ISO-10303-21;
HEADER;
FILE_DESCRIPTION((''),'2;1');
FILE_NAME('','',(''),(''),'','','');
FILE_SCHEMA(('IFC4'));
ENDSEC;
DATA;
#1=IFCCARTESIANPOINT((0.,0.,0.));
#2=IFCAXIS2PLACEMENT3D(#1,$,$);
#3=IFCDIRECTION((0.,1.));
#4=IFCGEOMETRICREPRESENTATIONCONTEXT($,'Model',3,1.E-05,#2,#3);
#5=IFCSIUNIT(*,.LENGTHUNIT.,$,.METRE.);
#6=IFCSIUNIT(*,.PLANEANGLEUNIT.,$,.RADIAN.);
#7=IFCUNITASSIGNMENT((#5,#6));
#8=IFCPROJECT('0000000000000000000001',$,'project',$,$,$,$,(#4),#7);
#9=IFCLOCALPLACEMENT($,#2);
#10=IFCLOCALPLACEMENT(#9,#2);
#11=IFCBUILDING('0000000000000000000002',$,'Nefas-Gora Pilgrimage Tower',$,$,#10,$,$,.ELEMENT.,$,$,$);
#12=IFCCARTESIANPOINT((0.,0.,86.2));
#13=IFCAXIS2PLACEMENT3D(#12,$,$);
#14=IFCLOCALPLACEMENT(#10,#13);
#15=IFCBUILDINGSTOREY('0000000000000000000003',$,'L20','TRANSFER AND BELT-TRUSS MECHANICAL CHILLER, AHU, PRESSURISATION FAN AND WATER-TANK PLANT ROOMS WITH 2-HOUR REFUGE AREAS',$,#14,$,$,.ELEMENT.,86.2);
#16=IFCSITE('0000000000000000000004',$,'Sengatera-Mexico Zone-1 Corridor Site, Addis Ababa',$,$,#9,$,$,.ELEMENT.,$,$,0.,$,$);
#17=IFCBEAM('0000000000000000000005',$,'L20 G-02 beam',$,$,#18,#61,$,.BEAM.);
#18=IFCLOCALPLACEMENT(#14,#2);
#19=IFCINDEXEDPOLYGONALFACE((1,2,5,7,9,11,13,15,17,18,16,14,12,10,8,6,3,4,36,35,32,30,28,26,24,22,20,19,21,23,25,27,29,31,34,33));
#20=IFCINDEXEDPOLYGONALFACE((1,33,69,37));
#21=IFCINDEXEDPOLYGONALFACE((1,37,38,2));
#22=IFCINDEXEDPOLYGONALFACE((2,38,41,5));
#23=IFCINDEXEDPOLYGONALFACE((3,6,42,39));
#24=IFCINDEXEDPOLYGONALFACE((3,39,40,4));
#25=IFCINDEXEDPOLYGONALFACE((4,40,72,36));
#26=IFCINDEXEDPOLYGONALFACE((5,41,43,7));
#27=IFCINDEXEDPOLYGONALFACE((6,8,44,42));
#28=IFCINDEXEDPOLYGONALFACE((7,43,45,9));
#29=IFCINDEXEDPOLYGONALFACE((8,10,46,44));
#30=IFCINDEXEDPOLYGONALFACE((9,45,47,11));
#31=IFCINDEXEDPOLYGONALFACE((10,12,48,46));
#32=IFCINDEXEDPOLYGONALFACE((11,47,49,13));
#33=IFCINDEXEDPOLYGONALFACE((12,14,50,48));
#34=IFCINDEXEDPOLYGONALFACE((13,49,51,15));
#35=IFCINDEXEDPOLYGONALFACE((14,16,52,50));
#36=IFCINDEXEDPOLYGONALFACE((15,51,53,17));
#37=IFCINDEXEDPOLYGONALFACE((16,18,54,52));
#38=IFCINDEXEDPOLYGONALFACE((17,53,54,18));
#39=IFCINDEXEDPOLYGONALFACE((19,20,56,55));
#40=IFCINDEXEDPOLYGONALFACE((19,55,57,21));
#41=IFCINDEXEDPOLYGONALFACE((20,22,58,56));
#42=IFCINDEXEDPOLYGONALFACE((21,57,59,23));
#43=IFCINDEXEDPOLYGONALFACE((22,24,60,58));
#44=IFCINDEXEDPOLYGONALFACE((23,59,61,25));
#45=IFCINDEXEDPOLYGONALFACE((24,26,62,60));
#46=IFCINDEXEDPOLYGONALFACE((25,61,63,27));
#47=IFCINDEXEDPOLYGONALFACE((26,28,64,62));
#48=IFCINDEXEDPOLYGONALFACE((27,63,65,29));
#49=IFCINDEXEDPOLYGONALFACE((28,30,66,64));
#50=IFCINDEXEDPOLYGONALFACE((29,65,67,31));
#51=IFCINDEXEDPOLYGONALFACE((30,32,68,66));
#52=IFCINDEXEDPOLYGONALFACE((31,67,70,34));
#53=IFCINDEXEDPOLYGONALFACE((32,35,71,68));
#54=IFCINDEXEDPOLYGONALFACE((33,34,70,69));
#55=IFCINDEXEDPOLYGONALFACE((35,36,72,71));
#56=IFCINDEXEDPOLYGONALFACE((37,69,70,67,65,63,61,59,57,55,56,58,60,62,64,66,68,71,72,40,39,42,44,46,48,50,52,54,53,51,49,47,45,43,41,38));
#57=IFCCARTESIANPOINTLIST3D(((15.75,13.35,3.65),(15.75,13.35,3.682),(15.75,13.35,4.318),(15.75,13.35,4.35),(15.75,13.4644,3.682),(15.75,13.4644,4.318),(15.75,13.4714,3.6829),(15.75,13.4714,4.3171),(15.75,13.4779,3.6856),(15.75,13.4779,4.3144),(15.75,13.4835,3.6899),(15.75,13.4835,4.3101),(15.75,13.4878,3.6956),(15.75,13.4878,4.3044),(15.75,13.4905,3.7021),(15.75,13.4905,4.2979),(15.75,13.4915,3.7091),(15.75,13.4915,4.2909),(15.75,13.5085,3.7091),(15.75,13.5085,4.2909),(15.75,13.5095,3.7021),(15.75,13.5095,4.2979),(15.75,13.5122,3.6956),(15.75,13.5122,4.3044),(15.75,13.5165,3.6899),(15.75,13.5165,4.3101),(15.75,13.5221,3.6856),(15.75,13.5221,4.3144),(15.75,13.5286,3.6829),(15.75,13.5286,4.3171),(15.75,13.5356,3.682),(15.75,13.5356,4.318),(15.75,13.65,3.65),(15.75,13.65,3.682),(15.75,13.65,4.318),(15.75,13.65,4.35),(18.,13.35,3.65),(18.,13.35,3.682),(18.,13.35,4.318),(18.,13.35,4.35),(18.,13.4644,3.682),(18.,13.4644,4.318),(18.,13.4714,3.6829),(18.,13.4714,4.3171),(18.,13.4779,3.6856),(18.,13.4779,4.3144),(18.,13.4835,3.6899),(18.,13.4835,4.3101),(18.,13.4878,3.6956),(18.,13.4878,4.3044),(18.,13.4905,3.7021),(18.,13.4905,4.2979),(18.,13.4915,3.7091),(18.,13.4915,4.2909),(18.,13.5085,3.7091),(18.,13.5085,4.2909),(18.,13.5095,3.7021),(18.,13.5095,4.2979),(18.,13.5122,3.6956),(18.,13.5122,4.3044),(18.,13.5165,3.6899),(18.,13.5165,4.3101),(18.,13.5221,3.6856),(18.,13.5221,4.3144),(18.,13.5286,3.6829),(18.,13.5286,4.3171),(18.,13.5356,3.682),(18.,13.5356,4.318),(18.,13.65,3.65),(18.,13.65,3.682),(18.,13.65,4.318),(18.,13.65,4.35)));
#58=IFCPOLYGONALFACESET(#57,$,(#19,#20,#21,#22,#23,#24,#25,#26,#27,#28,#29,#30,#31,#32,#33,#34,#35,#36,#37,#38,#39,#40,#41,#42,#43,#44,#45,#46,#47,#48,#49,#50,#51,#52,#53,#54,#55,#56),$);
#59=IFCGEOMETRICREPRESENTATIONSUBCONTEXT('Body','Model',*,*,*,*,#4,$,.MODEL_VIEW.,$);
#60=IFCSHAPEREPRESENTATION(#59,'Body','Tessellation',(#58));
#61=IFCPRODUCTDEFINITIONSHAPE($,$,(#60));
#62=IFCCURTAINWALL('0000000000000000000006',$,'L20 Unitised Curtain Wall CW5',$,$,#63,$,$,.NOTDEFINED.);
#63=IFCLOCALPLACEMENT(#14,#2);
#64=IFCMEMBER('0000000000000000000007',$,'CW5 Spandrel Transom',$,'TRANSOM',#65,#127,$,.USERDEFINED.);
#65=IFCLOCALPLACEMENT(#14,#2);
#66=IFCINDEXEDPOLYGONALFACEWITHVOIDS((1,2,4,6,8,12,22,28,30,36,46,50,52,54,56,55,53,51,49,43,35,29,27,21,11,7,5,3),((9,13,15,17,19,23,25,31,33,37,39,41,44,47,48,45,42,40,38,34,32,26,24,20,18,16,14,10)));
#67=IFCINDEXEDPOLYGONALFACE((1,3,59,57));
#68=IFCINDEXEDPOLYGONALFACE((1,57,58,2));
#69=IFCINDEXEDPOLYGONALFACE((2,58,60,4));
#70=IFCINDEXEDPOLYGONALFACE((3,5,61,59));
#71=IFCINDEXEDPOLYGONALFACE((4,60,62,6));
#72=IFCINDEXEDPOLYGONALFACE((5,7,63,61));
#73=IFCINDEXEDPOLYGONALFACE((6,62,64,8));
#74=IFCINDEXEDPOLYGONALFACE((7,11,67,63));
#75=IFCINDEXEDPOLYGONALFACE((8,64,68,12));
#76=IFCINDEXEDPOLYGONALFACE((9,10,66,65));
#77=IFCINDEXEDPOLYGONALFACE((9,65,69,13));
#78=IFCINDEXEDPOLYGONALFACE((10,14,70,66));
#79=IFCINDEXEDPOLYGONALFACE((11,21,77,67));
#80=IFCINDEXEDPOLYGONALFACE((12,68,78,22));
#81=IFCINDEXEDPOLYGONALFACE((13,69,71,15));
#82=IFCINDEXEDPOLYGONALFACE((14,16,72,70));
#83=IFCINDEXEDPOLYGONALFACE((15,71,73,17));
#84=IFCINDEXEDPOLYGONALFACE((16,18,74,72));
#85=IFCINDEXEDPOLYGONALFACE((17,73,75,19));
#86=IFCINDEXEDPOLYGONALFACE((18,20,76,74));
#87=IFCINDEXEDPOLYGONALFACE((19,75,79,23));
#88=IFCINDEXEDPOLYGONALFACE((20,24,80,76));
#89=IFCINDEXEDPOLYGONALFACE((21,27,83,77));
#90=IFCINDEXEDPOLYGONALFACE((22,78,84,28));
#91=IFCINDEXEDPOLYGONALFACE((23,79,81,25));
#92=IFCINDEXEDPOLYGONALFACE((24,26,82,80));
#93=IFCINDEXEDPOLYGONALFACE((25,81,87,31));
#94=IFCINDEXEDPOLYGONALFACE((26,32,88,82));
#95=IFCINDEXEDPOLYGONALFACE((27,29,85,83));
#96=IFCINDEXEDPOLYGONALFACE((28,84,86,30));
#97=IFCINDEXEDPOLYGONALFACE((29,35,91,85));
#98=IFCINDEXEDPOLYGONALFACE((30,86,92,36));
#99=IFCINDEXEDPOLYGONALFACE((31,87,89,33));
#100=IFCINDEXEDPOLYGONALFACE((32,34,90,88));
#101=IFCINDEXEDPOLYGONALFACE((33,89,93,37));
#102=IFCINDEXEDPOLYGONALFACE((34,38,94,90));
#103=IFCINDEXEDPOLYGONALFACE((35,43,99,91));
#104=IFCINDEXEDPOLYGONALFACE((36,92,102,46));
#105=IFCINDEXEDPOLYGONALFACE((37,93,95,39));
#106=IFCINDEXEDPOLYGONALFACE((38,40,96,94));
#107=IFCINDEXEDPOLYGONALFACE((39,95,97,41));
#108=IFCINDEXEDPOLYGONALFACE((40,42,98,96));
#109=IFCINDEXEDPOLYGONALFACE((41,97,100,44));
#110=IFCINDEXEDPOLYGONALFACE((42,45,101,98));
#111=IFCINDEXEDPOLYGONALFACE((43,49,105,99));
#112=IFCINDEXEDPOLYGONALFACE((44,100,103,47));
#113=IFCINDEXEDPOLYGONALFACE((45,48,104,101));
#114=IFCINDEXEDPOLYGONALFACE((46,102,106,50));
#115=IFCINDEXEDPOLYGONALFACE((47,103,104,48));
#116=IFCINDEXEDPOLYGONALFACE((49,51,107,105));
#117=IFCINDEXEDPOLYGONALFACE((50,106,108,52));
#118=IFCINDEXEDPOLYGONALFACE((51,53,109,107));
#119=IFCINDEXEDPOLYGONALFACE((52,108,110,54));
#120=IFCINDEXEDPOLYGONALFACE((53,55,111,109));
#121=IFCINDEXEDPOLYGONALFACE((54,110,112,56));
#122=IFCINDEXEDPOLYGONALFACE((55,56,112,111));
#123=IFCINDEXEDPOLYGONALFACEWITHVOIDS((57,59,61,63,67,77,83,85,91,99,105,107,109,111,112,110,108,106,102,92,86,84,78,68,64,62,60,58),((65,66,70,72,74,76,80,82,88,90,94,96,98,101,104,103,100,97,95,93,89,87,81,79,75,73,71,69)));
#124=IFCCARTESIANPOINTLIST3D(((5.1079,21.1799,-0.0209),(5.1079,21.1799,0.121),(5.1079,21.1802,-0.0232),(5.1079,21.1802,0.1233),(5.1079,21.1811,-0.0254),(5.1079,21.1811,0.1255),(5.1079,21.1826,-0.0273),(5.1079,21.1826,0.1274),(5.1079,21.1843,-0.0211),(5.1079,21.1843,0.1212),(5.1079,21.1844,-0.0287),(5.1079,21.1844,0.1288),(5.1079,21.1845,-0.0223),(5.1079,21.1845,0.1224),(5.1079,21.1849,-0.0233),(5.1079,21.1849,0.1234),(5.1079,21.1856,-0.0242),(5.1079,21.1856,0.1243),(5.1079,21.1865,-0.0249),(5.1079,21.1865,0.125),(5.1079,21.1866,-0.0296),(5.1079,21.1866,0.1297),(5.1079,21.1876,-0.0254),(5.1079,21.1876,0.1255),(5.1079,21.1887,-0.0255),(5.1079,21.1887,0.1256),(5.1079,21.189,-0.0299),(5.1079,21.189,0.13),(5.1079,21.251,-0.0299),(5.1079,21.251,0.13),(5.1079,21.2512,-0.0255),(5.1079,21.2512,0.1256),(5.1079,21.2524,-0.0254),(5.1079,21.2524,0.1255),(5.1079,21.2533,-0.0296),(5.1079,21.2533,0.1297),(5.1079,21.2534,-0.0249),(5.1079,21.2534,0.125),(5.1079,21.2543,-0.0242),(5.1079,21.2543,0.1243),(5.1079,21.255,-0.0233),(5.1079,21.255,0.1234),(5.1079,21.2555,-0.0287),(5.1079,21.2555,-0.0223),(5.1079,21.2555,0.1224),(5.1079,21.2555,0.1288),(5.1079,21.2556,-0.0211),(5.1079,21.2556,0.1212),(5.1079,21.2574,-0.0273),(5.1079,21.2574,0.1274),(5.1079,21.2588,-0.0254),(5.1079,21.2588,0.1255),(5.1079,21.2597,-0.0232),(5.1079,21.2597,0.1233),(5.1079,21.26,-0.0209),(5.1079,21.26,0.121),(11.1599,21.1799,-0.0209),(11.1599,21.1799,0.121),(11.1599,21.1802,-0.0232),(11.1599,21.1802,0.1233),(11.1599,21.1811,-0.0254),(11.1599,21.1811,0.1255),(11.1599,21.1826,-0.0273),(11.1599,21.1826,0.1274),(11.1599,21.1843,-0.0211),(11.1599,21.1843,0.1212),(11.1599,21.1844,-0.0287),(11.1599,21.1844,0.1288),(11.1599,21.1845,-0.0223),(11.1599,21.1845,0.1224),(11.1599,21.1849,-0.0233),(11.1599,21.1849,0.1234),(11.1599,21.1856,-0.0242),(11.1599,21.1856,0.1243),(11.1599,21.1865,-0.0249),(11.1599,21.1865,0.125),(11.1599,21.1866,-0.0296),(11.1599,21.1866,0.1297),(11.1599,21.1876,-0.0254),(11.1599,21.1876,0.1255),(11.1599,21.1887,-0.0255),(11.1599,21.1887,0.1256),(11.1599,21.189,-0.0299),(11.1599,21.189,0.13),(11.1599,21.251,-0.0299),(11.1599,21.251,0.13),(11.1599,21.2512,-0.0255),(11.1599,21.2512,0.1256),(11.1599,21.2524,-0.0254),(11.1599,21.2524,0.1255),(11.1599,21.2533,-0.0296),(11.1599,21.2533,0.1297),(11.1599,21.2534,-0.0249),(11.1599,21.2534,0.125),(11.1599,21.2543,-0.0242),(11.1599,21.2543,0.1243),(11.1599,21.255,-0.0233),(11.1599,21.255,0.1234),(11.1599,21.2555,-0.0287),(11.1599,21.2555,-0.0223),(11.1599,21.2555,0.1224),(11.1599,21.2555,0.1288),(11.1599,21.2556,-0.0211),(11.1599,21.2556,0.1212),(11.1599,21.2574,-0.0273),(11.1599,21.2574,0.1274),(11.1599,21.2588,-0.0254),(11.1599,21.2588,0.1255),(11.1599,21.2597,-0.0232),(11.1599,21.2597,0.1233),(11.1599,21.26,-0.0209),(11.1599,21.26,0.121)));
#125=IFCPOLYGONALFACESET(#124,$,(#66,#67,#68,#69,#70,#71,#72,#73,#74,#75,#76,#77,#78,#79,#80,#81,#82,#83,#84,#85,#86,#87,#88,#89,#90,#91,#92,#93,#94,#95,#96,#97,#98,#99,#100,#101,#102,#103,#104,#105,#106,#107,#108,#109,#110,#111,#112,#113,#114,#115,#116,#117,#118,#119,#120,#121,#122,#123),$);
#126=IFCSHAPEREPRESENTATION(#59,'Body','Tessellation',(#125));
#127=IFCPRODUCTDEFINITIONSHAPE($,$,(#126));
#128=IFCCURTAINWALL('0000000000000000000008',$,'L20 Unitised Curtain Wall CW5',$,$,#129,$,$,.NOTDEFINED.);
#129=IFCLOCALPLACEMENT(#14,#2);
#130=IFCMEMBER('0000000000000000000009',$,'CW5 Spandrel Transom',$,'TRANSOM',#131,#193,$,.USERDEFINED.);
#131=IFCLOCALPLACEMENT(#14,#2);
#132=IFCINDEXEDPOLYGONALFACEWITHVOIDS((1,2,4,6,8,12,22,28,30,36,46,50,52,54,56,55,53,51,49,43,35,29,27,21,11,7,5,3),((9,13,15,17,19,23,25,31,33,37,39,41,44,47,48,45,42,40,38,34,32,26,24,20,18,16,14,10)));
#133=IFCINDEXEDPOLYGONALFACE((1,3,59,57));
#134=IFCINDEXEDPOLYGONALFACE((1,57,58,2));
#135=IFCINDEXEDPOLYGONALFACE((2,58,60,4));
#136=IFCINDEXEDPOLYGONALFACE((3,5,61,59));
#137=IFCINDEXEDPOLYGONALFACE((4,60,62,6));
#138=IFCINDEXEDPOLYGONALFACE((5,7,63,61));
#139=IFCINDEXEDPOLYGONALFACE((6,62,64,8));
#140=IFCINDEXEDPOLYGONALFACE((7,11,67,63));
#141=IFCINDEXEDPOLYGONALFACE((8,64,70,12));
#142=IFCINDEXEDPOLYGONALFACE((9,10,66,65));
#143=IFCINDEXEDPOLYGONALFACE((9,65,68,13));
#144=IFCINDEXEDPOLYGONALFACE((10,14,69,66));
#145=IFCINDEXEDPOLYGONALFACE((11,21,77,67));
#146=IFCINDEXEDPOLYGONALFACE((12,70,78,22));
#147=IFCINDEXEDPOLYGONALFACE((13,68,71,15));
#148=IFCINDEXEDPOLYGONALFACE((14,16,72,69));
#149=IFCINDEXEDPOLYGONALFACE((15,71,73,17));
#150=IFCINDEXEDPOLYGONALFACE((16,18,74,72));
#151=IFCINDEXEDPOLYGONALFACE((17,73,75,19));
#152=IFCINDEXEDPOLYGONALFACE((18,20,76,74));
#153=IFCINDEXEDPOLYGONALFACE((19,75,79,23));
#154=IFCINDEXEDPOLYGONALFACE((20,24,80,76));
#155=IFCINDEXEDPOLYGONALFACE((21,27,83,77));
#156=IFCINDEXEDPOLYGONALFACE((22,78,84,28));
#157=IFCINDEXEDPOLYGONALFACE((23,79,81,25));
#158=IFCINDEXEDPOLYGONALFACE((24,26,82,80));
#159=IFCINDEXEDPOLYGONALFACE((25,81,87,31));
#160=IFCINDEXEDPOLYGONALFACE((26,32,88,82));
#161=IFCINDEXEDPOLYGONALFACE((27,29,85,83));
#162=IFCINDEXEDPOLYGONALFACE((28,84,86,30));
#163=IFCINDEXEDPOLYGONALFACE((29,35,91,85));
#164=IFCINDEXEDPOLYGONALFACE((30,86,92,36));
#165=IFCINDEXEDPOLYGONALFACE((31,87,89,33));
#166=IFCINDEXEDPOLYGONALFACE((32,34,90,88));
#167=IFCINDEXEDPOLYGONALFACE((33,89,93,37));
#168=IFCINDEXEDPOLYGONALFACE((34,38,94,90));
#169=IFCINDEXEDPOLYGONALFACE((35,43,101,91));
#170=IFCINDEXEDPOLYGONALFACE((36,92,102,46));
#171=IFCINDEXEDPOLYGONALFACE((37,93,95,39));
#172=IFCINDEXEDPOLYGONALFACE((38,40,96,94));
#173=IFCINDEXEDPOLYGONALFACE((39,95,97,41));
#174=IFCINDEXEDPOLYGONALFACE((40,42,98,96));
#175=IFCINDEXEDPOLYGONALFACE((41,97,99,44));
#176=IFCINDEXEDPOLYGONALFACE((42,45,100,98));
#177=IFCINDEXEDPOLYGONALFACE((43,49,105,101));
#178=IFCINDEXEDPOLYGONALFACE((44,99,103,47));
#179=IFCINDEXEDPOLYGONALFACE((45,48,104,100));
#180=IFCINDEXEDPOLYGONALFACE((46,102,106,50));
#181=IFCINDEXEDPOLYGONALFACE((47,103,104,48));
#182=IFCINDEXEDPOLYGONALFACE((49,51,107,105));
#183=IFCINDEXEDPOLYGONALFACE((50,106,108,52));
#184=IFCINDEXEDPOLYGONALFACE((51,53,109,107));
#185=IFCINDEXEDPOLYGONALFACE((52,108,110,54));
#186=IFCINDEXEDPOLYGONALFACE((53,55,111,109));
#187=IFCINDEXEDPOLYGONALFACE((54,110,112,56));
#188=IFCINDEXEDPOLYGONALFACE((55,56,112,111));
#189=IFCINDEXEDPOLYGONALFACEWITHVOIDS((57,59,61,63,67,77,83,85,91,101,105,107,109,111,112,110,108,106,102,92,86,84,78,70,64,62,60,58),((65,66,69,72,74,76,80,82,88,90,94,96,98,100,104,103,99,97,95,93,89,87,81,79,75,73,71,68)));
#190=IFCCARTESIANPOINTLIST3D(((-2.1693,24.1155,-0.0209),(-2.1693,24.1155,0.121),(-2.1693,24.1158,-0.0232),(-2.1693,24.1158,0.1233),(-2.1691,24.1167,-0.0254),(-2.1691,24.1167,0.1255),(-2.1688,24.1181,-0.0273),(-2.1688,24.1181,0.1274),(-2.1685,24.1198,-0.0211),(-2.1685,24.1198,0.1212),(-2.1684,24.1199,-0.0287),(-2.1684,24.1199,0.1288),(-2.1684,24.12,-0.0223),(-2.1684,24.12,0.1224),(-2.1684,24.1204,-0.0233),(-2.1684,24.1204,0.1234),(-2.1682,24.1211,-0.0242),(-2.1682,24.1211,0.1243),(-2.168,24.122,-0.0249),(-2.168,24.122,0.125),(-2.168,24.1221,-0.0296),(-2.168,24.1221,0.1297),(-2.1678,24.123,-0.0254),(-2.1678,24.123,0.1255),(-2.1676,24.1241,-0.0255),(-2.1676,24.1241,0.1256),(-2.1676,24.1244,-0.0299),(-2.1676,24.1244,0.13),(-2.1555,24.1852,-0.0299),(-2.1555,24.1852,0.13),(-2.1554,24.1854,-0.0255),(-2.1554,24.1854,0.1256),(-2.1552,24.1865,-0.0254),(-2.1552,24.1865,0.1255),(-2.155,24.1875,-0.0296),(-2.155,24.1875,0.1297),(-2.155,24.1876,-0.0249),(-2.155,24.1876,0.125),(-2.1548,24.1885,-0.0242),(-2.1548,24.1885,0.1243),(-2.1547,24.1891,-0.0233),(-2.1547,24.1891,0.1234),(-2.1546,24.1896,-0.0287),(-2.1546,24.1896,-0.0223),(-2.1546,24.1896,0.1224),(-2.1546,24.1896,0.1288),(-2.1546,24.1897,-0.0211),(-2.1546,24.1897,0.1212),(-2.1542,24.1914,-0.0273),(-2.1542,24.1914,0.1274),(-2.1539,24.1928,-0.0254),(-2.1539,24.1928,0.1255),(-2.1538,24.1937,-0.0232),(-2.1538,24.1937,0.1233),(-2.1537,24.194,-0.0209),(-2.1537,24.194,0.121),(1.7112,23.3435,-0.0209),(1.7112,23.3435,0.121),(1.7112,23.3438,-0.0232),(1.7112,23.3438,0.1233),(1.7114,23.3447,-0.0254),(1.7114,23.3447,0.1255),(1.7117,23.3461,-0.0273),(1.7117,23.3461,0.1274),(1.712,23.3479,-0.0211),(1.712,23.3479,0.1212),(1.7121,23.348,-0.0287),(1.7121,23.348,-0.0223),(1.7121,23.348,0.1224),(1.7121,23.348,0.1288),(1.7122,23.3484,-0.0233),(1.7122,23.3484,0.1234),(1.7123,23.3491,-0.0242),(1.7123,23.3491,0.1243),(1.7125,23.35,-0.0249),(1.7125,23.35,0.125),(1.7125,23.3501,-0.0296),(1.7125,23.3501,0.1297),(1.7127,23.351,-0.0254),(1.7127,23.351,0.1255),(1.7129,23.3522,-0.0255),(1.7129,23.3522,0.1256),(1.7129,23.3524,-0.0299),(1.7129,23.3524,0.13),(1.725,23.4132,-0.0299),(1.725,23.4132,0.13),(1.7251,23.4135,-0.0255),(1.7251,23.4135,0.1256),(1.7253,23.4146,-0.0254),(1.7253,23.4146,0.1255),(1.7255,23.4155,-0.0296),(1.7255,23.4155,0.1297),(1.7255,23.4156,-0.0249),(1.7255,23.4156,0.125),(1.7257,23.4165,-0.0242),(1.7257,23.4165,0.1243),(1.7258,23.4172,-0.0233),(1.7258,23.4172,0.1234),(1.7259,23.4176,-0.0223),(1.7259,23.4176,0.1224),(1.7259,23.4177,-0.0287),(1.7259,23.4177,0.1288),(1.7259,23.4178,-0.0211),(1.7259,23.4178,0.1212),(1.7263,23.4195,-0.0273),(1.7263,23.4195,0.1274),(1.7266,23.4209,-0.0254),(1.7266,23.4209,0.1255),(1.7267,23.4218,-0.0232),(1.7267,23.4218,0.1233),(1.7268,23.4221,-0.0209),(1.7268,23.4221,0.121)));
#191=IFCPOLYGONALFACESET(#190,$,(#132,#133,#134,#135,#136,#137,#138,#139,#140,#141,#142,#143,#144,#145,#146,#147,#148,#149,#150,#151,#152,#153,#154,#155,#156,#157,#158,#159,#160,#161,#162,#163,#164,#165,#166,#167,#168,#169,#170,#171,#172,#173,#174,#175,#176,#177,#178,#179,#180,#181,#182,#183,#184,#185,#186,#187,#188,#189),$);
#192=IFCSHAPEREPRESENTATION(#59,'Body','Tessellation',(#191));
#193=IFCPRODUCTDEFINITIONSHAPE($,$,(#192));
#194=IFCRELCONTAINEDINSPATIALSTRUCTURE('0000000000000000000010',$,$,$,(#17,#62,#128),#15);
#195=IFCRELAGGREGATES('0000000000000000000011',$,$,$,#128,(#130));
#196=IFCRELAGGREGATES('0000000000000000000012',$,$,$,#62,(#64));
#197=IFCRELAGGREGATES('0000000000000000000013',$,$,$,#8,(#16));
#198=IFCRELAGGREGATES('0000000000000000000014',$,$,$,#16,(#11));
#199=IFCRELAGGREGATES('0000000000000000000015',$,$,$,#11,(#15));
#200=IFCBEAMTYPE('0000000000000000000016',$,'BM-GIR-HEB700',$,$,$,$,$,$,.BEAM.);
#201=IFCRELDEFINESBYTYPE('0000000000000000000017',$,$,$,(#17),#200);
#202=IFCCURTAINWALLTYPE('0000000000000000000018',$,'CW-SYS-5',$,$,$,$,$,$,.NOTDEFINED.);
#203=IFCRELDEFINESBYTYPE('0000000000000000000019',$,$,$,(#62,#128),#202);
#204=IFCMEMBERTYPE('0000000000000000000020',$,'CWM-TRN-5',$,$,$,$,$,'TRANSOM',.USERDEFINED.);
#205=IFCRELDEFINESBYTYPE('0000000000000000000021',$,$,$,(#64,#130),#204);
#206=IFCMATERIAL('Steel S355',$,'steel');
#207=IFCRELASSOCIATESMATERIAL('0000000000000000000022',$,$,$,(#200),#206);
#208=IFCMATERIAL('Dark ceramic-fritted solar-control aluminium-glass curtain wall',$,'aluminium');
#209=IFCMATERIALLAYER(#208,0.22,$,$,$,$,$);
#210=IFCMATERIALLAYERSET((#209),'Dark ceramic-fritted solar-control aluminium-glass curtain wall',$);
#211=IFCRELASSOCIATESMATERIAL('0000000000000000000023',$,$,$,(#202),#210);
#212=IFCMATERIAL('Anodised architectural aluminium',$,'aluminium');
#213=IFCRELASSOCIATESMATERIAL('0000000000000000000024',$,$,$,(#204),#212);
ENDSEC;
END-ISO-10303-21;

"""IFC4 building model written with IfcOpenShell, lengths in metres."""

from ifc_helpers import new_model, si_unit, direction, frame, origin, origin_2d, place, context, subcontext, project, spatial, hollow_rectangle, i_section, extrude, source, transform, mapped, material, layer, layer_set, material_profile, profile_set, type_object, element, aggregate, save


model = new_model("IFC4")

# Units and contexts
model_context = context("Model", 3, precision=1e-05, world=origin(), true_north=direction((0.0, 1.0)))
body_context = subcontext(model_context, "Body", "Model", "MODEL_VIEW")
ifc_project = project(units=[si_unit("LENGTHUNIT", "METRE"), si_unit("PLANEANGLEUNIT", "RADIAN")], contexts=[model_context])

# Site, building, storey
site_placement = place(None, origin())
site = spatial("IfcSite", under=ifc_project, at=site_placement, Name="Sengatera-Mexico Zone-1 Corridor Site, Addis Ababa", CompositionType="ELEMENT", RefElevation=0.0)
building_placement = place(site_placement, origin())
building = spatial("IfcBuilding", under=site, at=building_placement, Name="Nefas-Gora Pilgrimage Tower", CompositionType="ELEMENT")
storey_placement = place(building_placement, frame((0.0, 0.0, 86.2)))
storey = spatial("IfcBuildingStorey", under=building, at=storey_placement, Name="L20", Description="TRANSFER AND BELT-TRUSS MECHANICAL CHILLER, AHU, PRESSURISATION FAN AND WATER-TANK PLANT ROOMS WITH 2-HOUR REFUGE AREAS", CompositionType="ELEMENT", Elevation=86.2)

# Beam
ifc_material_1 = material(Name="Steel S355", Category="steel")
ifc_material_profile_1 = material_profile(ifc_material_1, i_section(OverallWidth=0.3, OverallDepth=0.7, WebThickness=0.0171, FlangeThickness=0.032, FilletRadius=0.0271, at=origin_2d()), Name="HEB 700")
ifc_profile_set_1 = profile_set([ifc_material_profile_1], Name="Steel S355")
beam_type_1 = type_object("IfcBeamType", Name="BM-GIR-HEB700", PredefinedType="BEAM", material=ifc_profile_set_1)
shared_shape_1 = source(origin(), body_context, "Body", "SweptSolid", [
    extrude(i_section(OverallWidth=0.3, OverallDepth=0.7, WebThickness=0.0171, FlangeThickness=0.032, FilletRadius=0.0271, at=origin_2d()), origin(), (0.0, 0.0, 1.0), 2.25),
])
beam_1_placement = place(storey_placement, frame((15.75, 13.5, 4.0), z_axis=(1.0, 0.0, 0.0), x_axis=(0.0, 1.0, 0.0)))
element("IfcBeam", 1, at=beam_1_placement, inside=storey, type_object=beam_type_1, Name="L20 G-02 beam", PredefinedType="BEAM", context=body_context, shape_type="MappedRepresentation", body=[
    mapped(shared_shape_1, transform((0.0, 0.0, 0.0), x_axis=(1.0, 0.0, 0.0), y_axis=(0.0, 1.0, 0.0), z_axis=(0.0, 0.0, 1.0), scale=1.0)),
])

# Curtain walls, members
ifc_material_2 = material(Name="Dark ceramic-fritted solar-control aluminium-glass curtain wall", Category="aluminium")
ifc_layer_1 = layer(ifc_material_2, 0.22)
ifc_layer_set_1 = layer_set([ifc_layer_1], Name="Dark ceramic-fritted solar-control aluminium-glass curtain wall")
curtain_wall_type_1 = type_object("IfcCurtainWallType", Name="CW-SYS-5", PredefinedType="NOTDEFINED", material=ifc_layer_set_1)
curtain_wall_1_placement = place(storey_placement, origin())
curtain_wall_1 = element("IfcCurtainWall", 2, at=curtain_wall_1_placement, inside=storey, type_object=curtain_wall_type_1, Name="L20 Unitised Curtain Wall CW5", PredefinedType="NOTDEFINED")
ifc_material_3 = material(Name="Anodised architectural aluminium", Category="aluminium")
ifc_material_profile_2 = material_profile(ifc_material_3, hollow_rectangle(XDim=0.0801, YDim=0.1599, WallThickness=0.0044, InnerFilletRadius=0.0044, OuterFilletRadius=0.009, at=origin_2d()), Name="ALU TRANSOM 80x160")
ifc_profile_set_2 = profile_set([ifc_material_profile_2], Name="Anodised architectural aluminium")
member_type_1 = type_object("IfcMemberType", Name="CWM-TRN-5", ElementType="TRANSOM", PredefinedType="USERDEFINED", material=ifc_profile_set_2)
shared_shape_2 = source(origin(), body_context, "Body", "SweptSolid", [
    extrude(hollow_rectangle(XDim=0.0801, YDim=0.1599, WallThickness=0.0044, InnerFilletRadius=0.0044, OuterFilletRadius=0.009, at=origin_2d()), origin(), (0.0, 0.0, 1.0), 6.052),
])
member_1_placement = place(storey_placement, frame((11.1599, 21.22, 0.05), z_axis=(-1.0, 0.0, 0.0), x_axis=(0.0, -1.0, 0.0)))
member_1 = element("IfcMember", 3, at=member_1_placement, type_object=member_type_1, Name="CW5 Spandrel Transom", ObjectType="TRANSOM", PredefinedType="USERDEFINED", context=body_context, shape_type="MappedRepresentation", body=[
    mapped(shared_shape_2, transform((0.0, 0.0, 0.0), x_axis=(1.0, 0.0, 0.0), y_axis=(0.0, 1.0, 0.0), z_axis=(0.0, 0.0, 1.0), scale=1.0)),
])
curtain_wall_2_placement = place(storey_placement, origin())
curtain_wall_2 = element("IfcCurtainWall", 4, at=curtain_wall_2_placement, inside=storey, type_object=curtain_wall_type_1, Name="L20 Unitised Curtain Wall CW5", PredefinedType="NOTDEFINED")
shared_shape_3 = source(origin(), body_context, "Body", "SweptSolid", [
    extrude(hollow_rectangle(XDim=0.0801, YDim=0.1599, WallThickness=0.0044, InnerFilletRadius=0.0044, OuterFilletRadius=0.009, at=origin_2d()), origin(), (0.0, 0.0, 1.0), 3.9565),
])
member_2_placement = place(storey_placement, frame((1.719, 23.3828, 0.05), z_axis=(-0.980782, 0.195107, 0.0), x_axis=(-0.195107, -0.980782, 0.0)))
member_2 = element("IfcMember", 5, at=member_2_placement, type_object=member_type_1, Name="CW5 Spandrel Transom", ObjectType="TRANSOM", PredefinedType="USERDEFINED", context=body_context, shape_type="MappedRepresentation", body=[
    mapped(shared_shape_3, transform((0.0, 0.0, 0.0), x_axis=(1.0, 0.0, 0.0), y_axis=(0.0, 1.0, 0.0), z_axis=(0.0, 0.0, 1.0), scale=1.0)),
])

aggregate(curtain_wall_2, [member_2])

aggregate(curtain_wall_1, [member_1])

save(model, "model.ifc")
